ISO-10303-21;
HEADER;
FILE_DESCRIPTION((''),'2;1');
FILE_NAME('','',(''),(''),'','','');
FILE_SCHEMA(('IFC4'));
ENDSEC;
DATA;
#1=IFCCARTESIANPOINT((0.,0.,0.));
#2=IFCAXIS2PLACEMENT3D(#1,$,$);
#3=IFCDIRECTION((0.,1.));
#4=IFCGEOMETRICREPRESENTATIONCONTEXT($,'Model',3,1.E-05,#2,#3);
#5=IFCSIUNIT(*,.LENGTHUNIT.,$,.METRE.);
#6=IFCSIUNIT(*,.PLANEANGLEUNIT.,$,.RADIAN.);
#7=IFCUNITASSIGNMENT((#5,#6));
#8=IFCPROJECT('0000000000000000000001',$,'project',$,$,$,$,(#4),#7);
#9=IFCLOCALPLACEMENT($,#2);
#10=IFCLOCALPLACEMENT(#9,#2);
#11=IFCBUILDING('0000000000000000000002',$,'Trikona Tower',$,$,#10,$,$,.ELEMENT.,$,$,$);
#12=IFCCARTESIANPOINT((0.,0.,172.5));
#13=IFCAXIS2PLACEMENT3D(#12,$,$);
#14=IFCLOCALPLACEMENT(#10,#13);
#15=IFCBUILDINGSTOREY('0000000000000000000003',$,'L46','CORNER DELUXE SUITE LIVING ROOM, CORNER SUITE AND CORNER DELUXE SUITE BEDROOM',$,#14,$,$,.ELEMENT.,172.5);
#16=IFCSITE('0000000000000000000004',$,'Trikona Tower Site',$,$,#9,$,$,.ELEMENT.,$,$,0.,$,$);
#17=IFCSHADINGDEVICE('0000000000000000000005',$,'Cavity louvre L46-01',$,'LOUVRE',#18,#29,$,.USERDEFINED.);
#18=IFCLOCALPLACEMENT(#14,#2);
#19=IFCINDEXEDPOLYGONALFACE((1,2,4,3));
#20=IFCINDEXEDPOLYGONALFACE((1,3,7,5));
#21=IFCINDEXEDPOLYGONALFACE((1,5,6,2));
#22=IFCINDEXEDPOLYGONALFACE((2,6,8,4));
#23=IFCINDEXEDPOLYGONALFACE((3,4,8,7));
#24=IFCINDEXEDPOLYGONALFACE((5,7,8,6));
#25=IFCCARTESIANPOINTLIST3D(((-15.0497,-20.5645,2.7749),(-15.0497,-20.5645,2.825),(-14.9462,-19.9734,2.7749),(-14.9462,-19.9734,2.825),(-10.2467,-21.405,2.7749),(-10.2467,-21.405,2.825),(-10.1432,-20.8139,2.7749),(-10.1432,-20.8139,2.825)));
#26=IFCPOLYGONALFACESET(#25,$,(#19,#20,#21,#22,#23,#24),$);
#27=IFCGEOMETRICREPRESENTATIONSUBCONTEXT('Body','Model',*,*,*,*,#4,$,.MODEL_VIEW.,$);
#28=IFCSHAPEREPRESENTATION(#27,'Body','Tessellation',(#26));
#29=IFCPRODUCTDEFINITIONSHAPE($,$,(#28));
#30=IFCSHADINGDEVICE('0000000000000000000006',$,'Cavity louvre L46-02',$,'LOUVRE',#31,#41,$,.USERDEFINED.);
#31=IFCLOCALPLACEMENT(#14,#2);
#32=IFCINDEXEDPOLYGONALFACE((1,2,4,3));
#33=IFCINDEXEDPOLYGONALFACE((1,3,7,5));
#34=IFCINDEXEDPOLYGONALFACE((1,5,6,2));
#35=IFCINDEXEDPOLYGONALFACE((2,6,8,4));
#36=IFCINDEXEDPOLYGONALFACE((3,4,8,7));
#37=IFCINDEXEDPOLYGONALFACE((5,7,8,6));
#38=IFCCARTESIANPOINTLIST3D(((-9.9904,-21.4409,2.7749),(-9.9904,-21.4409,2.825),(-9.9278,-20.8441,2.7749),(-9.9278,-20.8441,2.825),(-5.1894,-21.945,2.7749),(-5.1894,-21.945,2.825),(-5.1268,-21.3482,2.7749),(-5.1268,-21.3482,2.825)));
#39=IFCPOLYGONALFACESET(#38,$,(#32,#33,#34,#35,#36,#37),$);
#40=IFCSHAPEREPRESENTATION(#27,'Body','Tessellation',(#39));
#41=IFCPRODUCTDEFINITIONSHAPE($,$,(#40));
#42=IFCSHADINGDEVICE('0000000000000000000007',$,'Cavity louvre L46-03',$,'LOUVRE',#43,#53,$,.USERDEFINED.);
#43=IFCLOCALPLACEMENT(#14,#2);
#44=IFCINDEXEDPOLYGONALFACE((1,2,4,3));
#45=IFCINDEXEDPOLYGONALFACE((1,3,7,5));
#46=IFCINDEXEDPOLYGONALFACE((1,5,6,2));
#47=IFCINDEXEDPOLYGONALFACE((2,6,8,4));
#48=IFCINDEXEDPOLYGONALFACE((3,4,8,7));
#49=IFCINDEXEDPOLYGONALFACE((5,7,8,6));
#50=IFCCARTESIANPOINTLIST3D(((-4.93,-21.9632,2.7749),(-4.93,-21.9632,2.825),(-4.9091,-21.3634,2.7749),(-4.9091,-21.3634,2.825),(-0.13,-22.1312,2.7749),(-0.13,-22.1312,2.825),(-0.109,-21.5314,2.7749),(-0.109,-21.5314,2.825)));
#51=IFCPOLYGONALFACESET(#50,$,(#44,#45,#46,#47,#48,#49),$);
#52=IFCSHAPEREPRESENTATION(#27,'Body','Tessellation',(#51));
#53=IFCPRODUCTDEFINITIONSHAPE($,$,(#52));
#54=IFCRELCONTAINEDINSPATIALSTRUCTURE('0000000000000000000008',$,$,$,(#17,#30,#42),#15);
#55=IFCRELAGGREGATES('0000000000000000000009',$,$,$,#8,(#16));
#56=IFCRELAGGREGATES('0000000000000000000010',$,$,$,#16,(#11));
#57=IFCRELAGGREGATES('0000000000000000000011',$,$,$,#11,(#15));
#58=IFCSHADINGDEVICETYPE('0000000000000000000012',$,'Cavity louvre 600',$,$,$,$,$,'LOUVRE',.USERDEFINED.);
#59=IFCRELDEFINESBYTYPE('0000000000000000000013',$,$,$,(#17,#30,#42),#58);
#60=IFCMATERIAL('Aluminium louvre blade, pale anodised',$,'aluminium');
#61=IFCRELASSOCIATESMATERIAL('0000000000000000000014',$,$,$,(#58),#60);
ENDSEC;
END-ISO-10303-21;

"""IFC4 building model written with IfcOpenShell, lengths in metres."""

from ifc_helpers import new_model, si_unit, direction, frame, origin, origin_2d, place, context, subcontext, project, spatial, rectangle, extrude, material, type_object, element, save


model = new_model("IFC4")

# Units and contexts
model_context = context("Model", 3, precision=1e-05, world=origin(), true_north=direction((0.0, 1.0)))
body_context = subcontext(model_context, "Body", "Model", "MODEL_VIEW")
ifc_project = project(units=[si_unit("LENGTHUNIT", "METRE"), si_unit("PLANEANGLEUNIT", "RADIAN")], contexts=[model_context])

# Site, building, storey
site_placement = place(None, origin())
site = spatial("IfcSite", under=ifc_project, at=site_placement, Name="Trikona Tower Site", CompositionType="ELEMENT", RefElevation=0.0)
building_placement = place(site_placement, origin())
building = spatial("IfcBuilding", under=site, at=building_placement, Name="Trikona Tower", CompositionType="ELEMENT")
storey_placement = place(building_placement, frame((0.0, 0.0, 172.5)))
storey = spatial("IfcBuildingStorey", under=building, at=storey_placement, Name="L46", Description="CORNER DELUXE SUITE LIVING ROOM, CORNER SUITE AND CORNER DELUXE SUITE BEDROOM", CompositionType="ELEMENT", Elevation=172.5)

# Shading devices
ifc_material_1 = material(Name="Aluminium louvre blade, pale anodised", Category="aluminium")
shading_device_type = type_object("IfcShadingDeviceType", Name="Cavity louvre 600", ElementType="LOUVRE", PredefinedType="USERDEFINED", material=ifc_material_1)
shading_device_1_placement = place(storey_placement, frame((-12.5964, -20.6892, 2.7749), z_axis=(0.0, 0.0, 1.0), x_axis=(0.985031, -0.17238, 0.0)))
element("IfcShadingDevice", 1, at=shading_device_1_placement, inside=storey, type_object=shading_device_type, Name="Cavity louvre L46-01", ObjectType="LOUVRE", PredefinedType="USERDEFINED", context=body_context, shape_type="SweptSolid", body=[
    extrude(rectangle(XDim=4.876, YDim=0.6001, at=origin_2d()), origin(), (0.0, 0.0, 1.0), 0.05),
])
shading_device_2_placement = place(storey_placement, frame((-7.5586, -21.3945, 2.7749), z_axis=(0.0, 0.0, 1.0), x_axis=(0.994533, -0.104426, 0.0)))
element("IfcShadingDevice", 2, at=shading_device_2_placement, inside=storey, type_object=shading_device_type, Name="Cavity louvre L46-02", ObjectType="LOUVRE", PredefinedType="USERDEFINED", context=body_context, shape_type="SweptSolid", body=[
    extrude(rectangle(XDim=4.8274, YDim=0.6001, at=origin_2d()), origin(), (0.0, 0.0, 1.0), 0.05),
])
shading_device_3_placement = place(storey_placement, frame((-2.5195, -21.7473, 2.7749), z_axis=(0.0, 0.0, 1.0), x_axis=(0.999388, -0.034978, 0.0)))
element("IfcShadingDevice", 3, at=shading_device_3_placement, inside=storey, type_object=shading_device_type, Name="Cavity louvre L46-03", ObjectType="LOUVRE", PredefinedType="USERDEFINED", context=body_context, shape_type="SweptSolid", body=[
    extrude(rectangle(XDim=4.803, YDim=0.6001, at=origin_2d()), origin(), (0.0, 0.0, 1.0), 0.05),
])

save(model, "model.ifc")
